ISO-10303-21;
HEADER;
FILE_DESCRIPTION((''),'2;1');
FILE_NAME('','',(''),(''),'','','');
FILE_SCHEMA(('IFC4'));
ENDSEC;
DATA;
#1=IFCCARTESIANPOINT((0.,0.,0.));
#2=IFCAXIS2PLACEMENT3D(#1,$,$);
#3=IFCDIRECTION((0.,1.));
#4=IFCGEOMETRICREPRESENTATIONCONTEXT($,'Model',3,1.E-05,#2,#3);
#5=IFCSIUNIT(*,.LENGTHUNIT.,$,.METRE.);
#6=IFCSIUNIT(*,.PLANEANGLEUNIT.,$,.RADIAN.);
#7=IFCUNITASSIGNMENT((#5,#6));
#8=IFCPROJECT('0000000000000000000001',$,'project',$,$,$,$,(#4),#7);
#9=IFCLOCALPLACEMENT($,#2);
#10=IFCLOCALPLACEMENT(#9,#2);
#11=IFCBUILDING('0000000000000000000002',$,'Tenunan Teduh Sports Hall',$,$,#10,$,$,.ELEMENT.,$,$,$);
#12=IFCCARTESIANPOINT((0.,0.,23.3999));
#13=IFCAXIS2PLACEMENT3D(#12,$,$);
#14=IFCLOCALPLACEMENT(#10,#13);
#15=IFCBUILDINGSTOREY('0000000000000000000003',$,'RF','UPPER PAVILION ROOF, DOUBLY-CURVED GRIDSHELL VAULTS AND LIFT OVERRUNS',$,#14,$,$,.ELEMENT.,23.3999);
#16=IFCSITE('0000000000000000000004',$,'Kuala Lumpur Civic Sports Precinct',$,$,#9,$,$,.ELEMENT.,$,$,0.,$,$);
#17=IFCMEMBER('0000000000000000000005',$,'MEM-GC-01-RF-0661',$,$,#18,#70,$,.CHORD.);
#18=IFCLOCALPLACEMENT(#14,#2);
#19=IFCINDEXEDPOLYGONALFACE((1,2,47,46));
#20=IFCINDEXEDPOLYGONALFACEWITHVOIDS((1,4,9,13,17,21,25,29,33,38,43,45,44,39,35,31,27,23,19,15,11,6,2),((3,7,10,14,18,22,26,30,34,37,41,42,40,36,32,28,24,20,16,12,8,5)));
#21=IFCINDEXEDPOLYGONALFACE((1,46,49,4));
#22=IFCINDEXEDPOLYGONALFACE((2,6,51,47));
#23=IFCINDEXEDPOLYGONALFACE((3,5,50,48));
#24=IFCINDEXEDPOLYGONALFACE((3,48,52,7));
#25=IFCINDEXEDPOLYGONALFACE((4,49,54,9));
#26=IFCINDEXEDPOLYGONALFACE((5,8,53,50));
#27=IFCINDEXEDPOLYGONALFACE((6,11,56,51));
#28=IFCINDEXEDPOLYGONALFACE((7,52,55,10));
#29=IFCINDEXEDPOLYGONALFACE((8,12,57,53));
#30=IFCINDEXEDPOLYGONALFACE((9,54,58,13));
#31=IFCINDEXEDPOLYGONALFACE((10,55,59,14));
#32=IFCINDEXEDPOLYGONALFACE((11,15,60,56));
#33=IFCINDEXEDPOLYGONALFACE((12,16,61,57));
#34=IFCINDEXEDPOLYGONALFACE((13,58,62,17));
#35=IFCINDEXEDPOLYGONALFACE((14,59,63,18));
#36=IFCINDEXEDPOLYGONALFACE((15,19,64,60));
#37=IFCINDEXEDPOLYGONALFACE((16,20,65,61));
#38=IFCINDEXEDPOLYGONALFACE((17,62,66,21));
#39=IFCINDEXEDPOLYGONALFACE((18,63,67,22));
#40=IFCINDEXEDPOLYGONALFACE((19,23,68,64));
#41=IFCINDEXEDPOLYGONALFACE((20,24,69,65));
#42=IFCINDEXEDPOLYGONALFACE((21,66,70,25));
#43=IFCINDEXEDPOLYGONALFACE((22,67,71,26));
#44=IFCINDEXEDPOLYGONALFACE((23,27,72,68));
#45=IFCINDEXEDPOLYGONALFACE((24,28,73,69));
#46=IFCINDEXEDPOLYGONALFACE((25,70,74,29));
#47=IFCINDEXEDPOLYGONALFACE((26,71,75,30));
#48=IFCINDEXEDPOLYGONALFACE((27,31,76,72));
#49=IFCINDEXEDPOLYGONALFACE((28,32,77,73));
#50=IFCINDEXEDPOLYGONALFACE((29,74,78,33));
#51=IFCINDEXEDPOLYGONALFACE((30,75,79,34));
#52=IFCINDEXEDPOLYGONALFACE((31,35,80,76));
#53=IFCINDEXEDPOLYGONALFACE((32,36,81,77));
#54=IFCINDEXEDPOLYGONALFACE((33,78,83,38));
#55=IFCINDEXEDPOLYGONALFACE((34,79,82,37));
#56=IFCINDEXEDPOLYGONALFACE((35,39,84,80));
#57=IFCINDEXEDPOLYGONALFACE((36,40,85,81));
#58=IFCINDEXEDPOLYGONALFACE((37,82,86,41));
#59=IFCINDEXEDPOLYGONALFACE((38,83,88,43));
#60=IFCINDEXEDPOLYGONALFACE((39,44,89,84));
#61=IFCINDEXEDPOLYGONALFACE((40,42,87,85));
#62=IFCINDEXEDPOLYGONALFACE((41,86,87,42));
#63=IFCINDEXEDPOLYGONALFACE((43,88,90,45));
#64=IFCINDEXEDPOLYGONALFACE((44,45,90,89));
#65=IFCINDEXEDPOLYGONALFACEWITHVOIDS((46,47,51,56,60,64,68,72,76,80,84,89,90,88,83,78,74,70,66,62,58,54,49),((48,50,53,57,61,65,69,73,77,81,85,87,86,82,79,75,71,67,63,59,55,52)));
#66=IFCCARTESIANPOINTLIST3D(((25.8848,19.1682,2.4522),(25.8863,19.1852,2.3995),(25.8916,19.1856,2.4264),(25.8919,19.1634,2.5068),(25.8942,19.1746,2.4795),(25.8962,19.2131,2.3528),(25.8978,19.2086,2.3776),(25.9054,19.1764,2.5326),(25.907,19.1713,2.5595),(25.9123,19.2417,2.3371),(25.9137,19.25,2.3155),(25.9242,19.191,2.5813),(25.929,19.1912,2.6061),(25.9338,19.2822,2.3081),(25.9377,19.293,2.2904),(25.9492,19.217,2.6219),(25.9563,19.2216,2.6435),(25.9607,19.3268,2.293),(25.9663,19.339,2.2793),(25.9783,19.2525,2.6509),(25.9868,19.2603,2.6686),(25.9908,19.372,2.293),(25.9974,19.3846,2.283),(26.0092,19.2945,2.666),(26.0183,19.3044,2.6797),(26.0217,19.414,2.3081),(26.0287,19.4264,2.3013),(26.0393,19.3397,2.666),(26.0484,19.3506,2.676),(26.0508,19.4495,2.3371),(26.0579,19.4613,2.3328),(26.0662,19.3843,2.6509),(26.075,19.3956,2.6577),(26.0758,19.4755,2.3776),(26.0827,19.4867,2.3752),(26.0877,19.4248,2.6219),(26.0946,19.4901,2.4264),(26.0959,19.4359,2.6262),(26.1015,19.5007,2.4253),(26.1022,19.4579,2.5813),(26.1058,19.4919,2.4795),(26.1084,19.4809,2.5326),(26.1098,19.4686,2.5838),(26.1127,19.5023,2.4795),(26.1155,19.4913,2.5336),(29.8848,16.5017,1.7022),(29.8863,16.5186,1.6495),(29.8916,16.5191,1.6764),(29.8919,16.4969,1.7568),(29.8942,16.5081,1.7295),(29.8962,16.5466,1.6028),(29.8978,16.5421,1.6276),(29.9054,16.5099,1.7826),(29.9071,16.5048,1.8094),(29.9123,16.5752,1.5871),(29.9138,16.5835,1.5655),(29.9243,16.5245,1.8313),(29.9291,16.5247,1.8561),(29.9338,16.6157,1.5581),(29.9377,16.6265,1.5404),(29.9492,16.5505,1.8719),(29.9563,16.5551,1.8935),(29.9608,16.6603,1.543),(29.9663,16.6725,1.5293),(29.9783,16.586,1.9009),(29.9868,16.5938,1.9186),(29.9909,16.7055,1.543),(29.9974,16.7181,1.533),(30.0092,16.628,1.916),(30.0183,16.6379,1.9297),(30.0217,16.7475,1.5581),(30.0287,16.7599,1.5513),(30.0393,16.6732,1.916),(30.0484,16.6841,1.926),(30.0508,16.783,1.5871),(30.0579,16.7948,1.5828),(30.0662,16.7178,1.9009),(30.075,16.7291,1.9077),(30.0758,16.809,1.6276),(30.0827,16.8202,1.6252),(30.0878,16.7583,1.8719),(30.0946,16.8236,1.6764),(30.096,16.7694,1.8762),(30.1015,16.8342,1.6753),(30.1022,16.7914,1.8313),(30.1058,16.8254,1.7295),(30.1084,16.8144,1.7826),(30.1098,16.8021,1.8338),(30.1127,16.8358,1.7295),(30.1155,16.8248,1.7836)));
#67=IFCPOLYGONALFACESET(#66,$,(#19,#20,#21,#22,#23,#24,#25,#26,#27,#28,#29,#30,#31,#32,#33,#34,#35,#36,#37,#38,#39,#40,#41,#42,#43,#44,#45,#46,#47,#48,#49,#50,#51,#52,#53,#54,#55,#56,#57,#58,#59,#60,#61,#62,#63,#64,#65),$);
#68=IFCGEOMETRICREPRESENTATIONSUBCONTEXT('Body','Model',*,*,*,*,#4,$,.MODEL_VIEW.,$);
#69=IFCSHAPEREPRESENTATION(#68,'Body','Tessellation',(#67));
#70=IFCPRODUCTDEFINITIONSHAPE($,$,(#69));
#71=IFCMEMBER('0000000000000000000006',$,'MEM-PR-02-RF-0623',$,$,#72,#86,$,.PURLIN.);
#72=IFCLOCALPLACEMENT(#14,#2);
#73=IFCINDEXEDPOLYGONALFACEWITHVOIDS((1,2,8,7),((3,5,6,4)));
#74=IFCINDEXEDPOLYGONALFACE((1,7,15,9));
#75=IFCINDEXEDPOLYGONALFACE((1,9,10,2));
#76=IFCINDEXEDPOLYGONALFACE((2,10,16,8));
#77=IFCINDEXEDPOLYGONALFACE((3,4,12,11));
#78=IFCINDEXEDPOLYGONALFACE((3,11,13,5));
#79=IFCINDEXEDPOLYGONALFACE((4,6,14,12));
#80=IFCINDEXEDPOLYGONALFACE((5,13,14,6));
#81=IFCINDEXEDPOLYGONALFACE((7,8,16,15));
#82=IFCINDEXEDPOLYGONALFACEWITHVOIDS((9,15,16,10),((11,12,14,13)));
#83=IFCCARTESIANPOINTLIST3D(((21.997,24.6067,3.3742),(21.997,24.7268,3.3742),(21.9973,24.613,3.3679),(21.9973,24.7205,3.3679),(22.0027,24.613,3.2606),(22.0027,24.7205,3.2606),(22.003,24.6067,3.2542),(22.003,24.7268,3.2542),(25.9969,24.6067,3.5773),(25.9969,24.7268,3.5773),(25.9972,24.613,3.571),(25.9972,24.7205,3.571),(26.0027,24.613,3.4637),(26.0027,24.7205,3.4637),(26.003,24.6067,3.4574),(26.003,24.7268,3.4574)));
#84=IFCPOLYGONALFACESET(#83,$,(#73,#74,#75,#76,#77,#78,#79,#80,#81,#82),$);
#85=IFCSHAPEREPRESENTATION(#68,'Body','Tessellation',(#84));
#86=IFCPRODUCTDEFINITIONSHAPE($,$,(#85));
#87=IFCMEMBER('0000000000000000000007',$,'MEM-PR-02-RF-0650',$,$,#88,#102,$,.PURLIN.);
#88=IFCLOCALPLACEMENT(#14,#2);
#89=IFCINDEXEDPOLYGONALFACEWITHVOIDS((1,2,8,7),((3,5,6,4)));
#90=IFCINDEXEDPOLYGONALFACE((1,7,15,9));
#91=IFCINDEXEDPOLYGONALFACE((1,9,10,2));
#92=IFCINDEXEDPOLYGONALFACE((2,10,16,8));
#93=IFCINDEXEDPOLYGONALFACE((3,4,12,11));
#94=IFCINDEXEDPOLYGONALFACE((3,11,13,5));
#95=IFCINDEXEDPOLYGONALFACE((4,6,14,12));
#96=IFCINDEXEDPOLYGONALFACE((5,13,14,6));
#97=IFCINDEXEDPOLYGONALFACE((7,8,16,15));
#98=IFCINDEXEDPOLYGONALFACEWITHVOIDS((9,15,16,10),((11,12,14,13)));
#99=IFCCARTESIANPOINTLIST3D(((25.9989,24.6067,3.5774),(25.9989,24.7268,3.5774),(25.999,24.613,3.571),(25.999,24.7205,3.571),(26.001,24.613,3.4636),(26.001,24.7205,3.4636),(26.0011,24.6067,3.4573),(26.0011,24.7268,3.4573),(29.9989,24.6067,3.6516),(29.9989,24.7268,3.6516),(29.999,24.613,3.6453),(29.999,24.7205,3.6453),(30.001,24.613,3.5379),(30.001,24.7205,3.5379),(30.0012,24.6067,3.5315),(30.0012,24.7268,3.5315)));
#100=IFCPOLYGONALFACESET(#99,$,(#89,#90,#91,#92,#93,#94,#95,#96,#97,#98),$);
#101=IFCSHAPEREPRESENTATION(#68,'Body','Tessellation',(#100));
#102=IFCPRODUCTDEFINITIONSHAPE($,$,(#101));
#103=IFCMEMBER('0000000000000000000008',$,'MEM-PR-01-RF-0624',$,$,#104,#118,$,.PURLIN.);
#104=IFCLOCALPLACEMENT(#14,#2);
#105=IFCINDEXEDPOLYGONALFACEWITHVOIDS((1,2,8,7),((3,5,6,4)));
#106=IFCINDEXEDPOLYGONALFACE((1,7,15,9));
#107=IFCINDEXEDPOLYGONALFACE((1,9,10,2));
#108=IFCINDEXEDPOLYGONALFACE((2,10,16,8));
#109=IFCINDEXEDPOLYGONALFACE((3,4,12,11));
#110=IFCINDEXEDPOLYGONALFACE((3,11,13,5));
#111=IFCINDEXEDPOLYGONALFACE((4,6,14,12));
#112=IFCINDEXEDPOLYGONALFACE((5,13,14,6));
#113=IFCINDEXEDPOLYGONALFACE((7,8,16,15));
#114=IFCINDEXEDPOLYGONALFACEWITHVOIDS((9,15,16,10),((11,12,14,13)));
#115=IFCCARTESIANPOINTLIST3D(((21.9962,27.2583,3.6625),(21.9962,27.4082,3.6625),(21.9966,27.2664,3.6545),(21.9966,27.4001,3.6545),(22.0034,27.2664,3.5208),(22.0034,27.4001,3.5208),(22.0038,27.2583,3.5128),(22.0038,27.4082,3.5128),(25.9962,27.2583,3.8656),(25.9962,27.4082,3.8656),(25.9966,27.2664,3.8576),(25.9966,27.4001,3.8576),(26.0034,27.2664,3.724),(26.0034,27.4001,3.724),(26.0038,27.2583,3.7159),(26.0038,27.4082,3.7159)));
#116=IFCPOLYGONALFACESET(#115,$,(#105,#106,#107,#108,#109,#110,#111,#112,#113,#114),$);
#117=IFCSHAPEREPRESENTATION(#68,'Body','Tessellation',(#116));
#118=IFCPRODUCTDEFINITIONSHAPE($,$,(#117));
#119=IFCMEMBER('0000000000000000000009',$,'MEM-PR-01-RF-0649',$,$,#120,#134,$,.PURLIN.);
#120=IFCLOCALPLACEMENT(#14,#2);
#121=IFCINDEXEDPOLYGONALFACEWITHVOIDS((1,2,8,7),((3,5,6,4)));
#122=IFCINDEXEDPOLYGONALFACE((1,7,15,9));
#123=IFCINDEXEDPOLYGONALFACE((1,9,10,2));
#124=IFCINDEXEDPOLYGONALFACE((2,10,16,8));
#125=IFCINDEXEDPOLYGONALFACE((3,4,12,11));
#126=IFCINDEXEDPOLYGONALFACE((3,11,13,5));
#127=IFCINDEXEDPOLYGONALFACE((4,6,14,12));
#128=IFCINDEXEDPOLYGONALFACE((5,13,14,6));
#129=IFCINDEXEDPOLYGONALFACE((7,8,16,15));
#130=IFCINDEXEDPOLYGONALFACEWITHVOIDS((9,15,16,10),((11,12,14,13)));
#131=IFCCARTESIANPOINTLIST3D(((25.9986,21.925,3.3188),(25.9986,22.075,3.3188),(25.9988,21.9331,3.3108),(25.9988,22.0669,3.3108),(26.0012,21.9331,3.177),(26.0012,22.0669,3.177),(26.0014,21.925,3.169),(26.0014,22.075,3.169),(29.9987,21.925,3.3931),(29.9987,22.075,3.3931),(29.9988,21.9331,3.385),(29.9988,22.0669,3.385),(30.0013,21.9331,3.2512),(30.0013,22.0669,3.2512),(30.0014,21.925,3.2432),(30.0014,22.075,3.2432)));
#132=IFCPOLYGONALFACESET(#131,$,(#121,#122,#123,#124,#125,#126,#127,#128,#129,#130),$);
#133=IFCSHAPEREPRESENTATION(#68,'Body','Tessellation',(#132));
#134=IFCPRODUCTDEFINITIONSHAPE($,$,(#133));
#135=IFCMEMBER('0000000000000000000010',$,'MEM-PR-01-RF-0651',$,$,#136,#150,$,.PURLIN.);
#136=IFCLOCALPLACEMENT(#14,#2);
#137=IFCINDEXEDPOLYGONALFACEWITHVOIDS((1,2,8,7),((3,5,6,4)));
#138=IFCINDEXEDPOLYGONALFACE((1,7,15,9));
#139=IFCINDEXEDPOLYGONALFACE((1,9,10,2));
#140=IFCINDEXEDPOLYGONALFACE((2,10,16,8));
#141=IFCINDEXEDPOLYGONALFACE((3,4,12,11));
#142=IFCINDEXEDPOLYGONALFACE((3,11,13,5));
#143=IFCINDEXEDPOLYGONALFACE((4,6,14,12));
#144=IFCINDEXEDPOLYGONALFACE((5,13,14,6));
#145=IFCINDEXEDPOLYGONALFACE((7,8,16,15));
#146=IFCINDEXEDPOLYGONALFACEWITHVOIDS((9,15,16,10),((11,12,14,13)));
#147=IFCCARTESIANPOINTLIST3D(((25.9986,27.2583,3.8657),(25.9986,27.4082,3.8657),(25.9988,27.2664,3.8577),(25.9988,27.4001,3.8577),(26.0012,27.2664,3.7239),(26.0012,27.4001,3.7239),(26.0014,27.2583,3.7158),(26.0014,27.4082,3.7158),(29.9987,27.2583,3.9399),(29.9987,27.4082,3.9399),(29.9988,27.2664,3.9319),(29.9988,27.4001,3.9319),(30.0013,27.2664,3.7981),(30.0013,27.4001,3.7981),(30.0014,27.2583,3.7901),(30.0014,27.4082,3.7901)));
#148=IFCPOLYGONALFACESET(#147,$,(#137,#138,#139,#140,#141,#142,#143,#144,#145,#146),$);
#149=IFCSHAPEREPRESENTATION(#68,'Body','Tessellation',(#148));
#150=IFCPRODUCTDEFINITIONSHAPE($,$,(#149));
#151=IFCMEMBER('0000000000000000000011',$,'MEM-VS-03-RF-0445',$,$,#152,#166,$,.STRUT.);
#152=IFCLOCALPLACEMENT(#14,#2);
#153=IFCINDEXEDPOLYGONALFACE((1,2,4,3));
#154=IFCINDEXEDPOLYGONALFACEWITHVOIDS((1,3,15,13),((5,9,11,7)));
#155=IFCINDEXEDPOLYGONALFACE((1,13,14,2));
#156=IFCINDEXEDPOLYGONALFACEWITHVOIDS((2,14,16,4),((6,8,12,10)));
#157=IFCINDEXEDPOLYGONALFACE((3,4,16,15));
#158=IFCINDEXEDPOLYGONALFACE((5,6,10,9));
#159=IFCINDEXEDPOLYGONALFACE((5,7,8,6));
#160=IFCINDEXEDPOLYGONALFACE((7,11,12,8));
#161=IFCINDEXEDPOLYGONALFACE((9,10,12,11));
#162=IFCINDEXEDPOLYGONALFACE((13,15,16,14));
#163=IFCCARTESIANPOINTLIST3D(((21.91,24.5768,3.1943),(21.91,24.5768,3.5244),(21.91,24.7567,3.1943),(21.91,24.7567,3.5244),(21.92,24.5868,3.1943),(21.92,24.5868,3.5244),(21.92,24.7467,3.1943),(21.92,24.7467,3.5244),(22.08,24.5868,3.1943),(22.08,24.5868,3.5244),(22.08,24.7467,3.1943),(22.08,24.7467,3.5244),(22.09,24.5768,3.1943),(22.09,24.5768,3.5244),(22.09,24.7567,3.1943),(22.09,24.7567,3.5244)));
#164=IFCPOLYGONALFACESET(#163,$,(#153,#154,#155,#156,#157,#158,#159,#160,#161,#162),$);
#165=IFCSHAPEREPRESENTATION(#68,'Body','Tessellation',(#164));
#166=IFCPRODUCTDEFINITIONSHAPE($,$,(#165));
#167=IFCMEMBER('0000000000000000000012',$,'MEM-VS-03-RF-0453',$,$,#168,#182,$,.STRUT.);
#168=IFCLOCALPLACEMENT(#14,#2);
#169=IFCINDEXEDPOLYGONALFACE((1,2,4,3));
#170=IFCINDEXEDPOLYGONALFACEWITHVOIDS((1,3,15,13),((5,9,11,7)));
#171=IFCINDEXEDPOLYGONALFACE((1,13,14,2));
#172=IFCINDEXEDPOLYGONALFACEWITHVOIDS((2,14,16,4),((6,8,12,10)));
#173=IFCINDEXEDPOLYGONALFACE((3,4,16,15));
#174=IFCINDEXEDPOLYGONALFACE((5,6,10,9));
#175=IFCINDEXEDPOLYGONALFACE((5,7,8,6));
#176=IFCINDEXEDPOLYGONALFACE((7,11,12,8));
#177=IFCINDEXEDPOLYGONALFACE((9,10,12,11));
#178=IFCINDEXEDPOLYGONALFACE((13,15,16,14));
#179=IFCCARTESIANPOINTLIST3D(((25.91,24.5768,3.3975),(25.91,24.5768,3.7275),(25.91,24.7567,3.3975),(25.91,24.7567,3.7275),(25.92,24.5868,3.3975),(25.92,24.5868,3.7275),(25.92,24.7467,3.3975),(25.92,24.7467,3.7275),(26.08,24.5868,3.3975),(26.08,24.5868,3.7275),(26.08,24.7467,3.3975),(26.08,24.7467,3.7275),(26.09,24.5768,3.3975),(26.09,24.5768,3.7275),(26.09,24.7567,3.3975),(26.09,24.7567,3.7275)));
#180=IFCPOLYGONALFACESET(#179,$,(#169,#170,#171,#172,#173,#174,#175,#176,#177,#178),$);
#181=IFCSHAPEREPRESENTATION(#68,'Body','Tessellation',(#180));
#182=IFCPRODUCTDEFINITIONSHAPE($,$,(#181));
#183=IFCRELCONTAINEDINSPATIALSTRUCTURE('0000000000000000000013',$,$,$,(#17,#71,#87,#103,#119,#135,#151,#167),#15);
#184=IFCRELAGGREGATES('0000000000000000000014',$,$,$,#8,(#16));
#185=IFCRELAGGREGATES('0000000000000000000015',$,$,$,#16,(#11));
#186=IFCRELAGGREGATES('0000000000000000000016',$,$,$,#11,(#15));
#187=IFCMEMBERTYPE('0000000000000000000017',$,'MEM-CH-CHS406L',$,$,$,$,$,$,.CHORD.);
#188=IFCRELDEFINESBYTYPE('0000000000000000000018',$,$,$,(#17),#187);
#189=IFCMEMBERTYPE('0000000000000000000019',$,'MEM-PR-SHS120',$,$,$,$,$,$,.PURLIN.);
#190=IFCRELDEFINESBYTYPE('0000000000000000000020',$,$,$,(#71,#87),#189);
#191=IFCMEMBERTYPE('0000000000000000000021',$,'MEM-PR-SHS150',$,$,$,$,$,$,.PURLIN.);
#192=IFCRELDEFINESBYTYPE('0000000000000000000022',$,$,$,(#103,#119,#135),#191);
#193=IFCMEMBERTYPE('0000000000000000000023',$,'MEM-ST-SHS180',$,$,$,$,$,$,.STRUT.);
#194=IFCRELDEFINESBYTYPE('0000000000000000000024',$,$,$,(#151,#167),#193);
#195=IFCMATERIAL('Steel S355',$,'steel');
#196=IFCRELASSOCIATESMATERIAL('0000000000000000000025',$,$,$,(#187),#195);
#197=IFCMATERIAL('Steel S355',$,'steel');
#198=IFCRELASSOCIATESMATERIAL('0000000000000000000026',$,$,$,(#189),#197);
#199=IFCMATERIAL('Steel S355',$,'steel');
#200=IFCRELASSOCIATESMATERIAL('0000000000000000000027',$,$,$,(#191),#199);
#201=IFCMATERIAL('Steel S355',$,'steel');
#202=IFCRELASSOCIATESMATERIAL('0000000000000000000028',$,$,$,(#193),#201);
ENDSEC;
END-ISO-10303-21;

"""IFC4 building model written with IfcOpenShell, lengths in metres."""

from ifc_helpers import new_model, si_unit, direction, frame, origin, origin_2d, place, context, subcontext, project, spatial, hollow_rectangle, hollow_circle, extrude, material, material_profile, profile_set, type_object, element, save


model = new_model("IFC4")

# Units and contexts
model_context = context("Model", 3, precision=1e-05, world=origin(), true_north=direction((0.0, 1.0)))
body_context = subcontext(model_context, "Body", "Model", "MODEL_VIEW")
ifc_project = project(units=[si_unit("LENGTHUNIT", "METRE"), si_unit("PLANEANGLEUNIT", "RADIAN")], contexts=[model_context])

# Site, building, storey
site_placement = place(None, origin())
site = spatial("IfcSite", under=ifc_project, at=site_placement, Name="Kuala Lumpur Civic Sports Precinct", CompositionType="ELEMENT", RefElevation=0.0)
building_placement = place(site_placement, origin())
building = spatial("IfcBuilding", under=site, at=building_placement, Name="Tenunan Teduh Sports Hall", CompositionType="ELEMENT")
storey_placement = place(building_placement, frame((0.0, 0.0, 23.3999)))
storey = spatial("IfcBuildingStorey", under=building, at=storey_placement, Name="RF", Description="UPPER PAVILION ROOF, DOUBLY-CURVED GRIDSHELL VAULTS AND LIFT OVERRUNS", CompositionType="ELEMENT", Elevation=23.3999)

# Members
ifc_material_1 = material(Name="Steel S355", Category="steel")
ifc_material_profile_1 = material_profile(ifc_material_1, hollow_circle(Radius=0.2031, WallThickness=0.0125, at=origin_2d()), Name="CHS 406.4x12.5")
ifc_profile_set_1 = profile_set([ifc_material_profile_1], Name="Steel S355")
member_type_1 = type_object("IfcMemberType", Name="MEM-CH-CHS406L", PredefinedType="CHORD", material=ifc_profile_set_1)
member_1_placement = place(storey_placement, frame((26.0, 19.3333, 2.4795), z_axis=(0.822121, -0.548047, -0.154148), x_axis=(0.554677, 0.832066, 0.0)))
element("IfcMember", 1, at=member_1_placement, inside=storey, type_object=member_type_1, Name="MEM-GC-01-RF-0661", PredefinedType="CHORD", context=body_context, shape_type="SweptSolid", body=[
    extrude(hollow_circle(Radius=0.2031, WallThickness=0.0125, at=origin_2d()), origin(), (0.0, 0.0, 1.0), 4.8655),
])
ifc_material_2 = material(Name="Steel S355", Category="steel")
ifc_material_profile_2 = material_profile(ifc_material_2, hollow_rectangle(XDim=0.1201, YDim=0.1201, WallThickness=0.0063, at=origin_2d()), Name="SHS 120x120x6.3")
ifc_profile_set_2 = profile_set([ifc_material_profile_2], Name="Steel S355")
member_type_2 = type_object("IfcMemberType", Name="MEM-PR-SHS120", PredefinedType="PURLIN", material=ifc_profile_set_2)
member_2_placement = place(storey_placement, frame((22.0, 24.6667, 3.3142), z_axis=(0.998713, 0.0, 0.050716), x_axis=(0.0, 1.0, 0.0)))
element("IfcMember", 2, at=member_2_placement, inside=storey, type_object=member_type_2, Name="MEM-PR-02-RF-0623", PredefinedType="PURLIN", context=body_context, shape_type="SweptSolid", body=[
    extrude(hollow_rectangle(XDim=0.1201, YDim=0.1201, WallThickness=0.0063, at=origin_2d()), origin(), (0.0, 0.0, 1.0), 4.0051),
])
member_3_placement = place(storey_placement, frame((26.0, 24.6667, 3.5173), z_axis=(0.999828, 0.0, 0.018551), x_axis=(0.0, 1.0, 0.0)))
element("IfcMember", 3, at=member_3_placement, inside=storey, type_object=member_type_2, Name="MEM-PR-02-RF-0650", PredefinedType="PURLIN", context=body_context, shape_type="SweptSolid", body=[
    extrude(hollow_rectangle(XDim=0.1201, YDim=0.1201, WallThickness=0.0063, at=origin_2d()), origin(), (0.0, 0.0, 1.0), 4.0007),
])
ifc_material_3 = material(Name="Steel S355", Category="steel")
ifc_material_profile_3 = material_profile(ifc_material_3, hollow_rectangle(XDim=0.1499, YDim=0.1499, WallThickness=0.0081, at=origin_2d()), Name="SHS 150x150x8.0")
ifc_profile_set_3 = profile_set([ifc_material_profile_3], Name="Steel S355")
member_type_3 = type_object("IfcMemberType", Name="MEM-PR-SHS150", PredefinedType="PURLIN", material=ifc_profile_set_3)
member_4_placement = place(storey_placement, frame((22.0, 27.3333, 3.5876), z_axis=(0.998713, 0.0, 0.050716), x_axis=(0.0, 1.0, 0.0)))
element("IfcMember", 4, at=member_4_placement, inside=storey, type_object=member_type_3, Name="MEM-PR-01-RF-0624", PredefinedType="PURLIN", context=body_context, shape_type="SweptSolid", body=[
    extrude(hollow_rectangle(XDim=0.1499, YDim=0.1499, WallThickness=0.0081, at=origin_2d()), origin(), (0.0, 0.0, 1.0), 4.0051),
])
for number, where, z_axis, x_axis, name in (
    (5, (26.0, 22.0, 3.2439), (0.999828, 0.0, 0.018551), (0.0, 1.0, 0.0), "MEM-PR-01-RF-0649"),
    (6, (26.0, 27.3333, 3.7908), (0.999828, 0.0, 0.018551), (0.0, 1.0, 0.0), "MEM-PR-01-RF-0651"),
):
    element("IfcMember", number, at=place(storey_placement, frame(where, z_axis=z_axis, x_axis=x_axis)), inside=storey, type_object=member_type_3, Name=name, PredefinedType="PURLIN", context=body_context, shape_type="SweptSolid", body=[
        extrude(hollow_rectangle(XDim=0.1499, YDim=0.1499, WallThickness=0.0081, at=origin_2d()), origin(), (0.0, 0.0, 1.0), 4.0007),
    ])
ifc_material_4 = material(Name="Steel S355", Category="steel")
ifc_material_profile_4 = material_profile(ifc_material_4, hollow_rectangle(XDim=0.1799, YDim=0.1799, WallThickness=0.01, at=origin_2d()), Name="SHS 180x180x10.0")
ifc_profile_set_4 = profile_set([ifc_material_profile_4], Name="Steel S355")
member_type_4 = type_object("IfcMemberType", Name="MEM-ST-SHS180", PredefinedType="STRUT", material=ifc_profile_set_4)
for number, where, z_axis, x_axis, name in (
    (7, (22.0, 24.6667, 3.1943), (0.0, 0.0, 1.0), (1.0, 0.0, 0.0), "MEM-VS-03-RF-0445"),
    (8, (26.0, 24.6667, 3.3975), (0.0, 0.0, 1.0), (1.0, 0.0, 0.0), "MEM-VS-03-RF-0453"),
):
    element("IfcMember", number, at=place(storey_placement, frame(where, z_axis=z_axis, x_axis=x_axis)), inside=storey, type_object=member_type_4, Name=name, PredefinedType="STRUT", context=body_context, shape_type="SweptSolid", body=[
        extrude(hollow_rectangle(XDim=0.1799, YDim=0.1799, WallThickness=0.01, at=origin_2d()), origin(), (0.0, 0.0, 1.0), 0.3301),
    ])

save(model, "model.ifc")
